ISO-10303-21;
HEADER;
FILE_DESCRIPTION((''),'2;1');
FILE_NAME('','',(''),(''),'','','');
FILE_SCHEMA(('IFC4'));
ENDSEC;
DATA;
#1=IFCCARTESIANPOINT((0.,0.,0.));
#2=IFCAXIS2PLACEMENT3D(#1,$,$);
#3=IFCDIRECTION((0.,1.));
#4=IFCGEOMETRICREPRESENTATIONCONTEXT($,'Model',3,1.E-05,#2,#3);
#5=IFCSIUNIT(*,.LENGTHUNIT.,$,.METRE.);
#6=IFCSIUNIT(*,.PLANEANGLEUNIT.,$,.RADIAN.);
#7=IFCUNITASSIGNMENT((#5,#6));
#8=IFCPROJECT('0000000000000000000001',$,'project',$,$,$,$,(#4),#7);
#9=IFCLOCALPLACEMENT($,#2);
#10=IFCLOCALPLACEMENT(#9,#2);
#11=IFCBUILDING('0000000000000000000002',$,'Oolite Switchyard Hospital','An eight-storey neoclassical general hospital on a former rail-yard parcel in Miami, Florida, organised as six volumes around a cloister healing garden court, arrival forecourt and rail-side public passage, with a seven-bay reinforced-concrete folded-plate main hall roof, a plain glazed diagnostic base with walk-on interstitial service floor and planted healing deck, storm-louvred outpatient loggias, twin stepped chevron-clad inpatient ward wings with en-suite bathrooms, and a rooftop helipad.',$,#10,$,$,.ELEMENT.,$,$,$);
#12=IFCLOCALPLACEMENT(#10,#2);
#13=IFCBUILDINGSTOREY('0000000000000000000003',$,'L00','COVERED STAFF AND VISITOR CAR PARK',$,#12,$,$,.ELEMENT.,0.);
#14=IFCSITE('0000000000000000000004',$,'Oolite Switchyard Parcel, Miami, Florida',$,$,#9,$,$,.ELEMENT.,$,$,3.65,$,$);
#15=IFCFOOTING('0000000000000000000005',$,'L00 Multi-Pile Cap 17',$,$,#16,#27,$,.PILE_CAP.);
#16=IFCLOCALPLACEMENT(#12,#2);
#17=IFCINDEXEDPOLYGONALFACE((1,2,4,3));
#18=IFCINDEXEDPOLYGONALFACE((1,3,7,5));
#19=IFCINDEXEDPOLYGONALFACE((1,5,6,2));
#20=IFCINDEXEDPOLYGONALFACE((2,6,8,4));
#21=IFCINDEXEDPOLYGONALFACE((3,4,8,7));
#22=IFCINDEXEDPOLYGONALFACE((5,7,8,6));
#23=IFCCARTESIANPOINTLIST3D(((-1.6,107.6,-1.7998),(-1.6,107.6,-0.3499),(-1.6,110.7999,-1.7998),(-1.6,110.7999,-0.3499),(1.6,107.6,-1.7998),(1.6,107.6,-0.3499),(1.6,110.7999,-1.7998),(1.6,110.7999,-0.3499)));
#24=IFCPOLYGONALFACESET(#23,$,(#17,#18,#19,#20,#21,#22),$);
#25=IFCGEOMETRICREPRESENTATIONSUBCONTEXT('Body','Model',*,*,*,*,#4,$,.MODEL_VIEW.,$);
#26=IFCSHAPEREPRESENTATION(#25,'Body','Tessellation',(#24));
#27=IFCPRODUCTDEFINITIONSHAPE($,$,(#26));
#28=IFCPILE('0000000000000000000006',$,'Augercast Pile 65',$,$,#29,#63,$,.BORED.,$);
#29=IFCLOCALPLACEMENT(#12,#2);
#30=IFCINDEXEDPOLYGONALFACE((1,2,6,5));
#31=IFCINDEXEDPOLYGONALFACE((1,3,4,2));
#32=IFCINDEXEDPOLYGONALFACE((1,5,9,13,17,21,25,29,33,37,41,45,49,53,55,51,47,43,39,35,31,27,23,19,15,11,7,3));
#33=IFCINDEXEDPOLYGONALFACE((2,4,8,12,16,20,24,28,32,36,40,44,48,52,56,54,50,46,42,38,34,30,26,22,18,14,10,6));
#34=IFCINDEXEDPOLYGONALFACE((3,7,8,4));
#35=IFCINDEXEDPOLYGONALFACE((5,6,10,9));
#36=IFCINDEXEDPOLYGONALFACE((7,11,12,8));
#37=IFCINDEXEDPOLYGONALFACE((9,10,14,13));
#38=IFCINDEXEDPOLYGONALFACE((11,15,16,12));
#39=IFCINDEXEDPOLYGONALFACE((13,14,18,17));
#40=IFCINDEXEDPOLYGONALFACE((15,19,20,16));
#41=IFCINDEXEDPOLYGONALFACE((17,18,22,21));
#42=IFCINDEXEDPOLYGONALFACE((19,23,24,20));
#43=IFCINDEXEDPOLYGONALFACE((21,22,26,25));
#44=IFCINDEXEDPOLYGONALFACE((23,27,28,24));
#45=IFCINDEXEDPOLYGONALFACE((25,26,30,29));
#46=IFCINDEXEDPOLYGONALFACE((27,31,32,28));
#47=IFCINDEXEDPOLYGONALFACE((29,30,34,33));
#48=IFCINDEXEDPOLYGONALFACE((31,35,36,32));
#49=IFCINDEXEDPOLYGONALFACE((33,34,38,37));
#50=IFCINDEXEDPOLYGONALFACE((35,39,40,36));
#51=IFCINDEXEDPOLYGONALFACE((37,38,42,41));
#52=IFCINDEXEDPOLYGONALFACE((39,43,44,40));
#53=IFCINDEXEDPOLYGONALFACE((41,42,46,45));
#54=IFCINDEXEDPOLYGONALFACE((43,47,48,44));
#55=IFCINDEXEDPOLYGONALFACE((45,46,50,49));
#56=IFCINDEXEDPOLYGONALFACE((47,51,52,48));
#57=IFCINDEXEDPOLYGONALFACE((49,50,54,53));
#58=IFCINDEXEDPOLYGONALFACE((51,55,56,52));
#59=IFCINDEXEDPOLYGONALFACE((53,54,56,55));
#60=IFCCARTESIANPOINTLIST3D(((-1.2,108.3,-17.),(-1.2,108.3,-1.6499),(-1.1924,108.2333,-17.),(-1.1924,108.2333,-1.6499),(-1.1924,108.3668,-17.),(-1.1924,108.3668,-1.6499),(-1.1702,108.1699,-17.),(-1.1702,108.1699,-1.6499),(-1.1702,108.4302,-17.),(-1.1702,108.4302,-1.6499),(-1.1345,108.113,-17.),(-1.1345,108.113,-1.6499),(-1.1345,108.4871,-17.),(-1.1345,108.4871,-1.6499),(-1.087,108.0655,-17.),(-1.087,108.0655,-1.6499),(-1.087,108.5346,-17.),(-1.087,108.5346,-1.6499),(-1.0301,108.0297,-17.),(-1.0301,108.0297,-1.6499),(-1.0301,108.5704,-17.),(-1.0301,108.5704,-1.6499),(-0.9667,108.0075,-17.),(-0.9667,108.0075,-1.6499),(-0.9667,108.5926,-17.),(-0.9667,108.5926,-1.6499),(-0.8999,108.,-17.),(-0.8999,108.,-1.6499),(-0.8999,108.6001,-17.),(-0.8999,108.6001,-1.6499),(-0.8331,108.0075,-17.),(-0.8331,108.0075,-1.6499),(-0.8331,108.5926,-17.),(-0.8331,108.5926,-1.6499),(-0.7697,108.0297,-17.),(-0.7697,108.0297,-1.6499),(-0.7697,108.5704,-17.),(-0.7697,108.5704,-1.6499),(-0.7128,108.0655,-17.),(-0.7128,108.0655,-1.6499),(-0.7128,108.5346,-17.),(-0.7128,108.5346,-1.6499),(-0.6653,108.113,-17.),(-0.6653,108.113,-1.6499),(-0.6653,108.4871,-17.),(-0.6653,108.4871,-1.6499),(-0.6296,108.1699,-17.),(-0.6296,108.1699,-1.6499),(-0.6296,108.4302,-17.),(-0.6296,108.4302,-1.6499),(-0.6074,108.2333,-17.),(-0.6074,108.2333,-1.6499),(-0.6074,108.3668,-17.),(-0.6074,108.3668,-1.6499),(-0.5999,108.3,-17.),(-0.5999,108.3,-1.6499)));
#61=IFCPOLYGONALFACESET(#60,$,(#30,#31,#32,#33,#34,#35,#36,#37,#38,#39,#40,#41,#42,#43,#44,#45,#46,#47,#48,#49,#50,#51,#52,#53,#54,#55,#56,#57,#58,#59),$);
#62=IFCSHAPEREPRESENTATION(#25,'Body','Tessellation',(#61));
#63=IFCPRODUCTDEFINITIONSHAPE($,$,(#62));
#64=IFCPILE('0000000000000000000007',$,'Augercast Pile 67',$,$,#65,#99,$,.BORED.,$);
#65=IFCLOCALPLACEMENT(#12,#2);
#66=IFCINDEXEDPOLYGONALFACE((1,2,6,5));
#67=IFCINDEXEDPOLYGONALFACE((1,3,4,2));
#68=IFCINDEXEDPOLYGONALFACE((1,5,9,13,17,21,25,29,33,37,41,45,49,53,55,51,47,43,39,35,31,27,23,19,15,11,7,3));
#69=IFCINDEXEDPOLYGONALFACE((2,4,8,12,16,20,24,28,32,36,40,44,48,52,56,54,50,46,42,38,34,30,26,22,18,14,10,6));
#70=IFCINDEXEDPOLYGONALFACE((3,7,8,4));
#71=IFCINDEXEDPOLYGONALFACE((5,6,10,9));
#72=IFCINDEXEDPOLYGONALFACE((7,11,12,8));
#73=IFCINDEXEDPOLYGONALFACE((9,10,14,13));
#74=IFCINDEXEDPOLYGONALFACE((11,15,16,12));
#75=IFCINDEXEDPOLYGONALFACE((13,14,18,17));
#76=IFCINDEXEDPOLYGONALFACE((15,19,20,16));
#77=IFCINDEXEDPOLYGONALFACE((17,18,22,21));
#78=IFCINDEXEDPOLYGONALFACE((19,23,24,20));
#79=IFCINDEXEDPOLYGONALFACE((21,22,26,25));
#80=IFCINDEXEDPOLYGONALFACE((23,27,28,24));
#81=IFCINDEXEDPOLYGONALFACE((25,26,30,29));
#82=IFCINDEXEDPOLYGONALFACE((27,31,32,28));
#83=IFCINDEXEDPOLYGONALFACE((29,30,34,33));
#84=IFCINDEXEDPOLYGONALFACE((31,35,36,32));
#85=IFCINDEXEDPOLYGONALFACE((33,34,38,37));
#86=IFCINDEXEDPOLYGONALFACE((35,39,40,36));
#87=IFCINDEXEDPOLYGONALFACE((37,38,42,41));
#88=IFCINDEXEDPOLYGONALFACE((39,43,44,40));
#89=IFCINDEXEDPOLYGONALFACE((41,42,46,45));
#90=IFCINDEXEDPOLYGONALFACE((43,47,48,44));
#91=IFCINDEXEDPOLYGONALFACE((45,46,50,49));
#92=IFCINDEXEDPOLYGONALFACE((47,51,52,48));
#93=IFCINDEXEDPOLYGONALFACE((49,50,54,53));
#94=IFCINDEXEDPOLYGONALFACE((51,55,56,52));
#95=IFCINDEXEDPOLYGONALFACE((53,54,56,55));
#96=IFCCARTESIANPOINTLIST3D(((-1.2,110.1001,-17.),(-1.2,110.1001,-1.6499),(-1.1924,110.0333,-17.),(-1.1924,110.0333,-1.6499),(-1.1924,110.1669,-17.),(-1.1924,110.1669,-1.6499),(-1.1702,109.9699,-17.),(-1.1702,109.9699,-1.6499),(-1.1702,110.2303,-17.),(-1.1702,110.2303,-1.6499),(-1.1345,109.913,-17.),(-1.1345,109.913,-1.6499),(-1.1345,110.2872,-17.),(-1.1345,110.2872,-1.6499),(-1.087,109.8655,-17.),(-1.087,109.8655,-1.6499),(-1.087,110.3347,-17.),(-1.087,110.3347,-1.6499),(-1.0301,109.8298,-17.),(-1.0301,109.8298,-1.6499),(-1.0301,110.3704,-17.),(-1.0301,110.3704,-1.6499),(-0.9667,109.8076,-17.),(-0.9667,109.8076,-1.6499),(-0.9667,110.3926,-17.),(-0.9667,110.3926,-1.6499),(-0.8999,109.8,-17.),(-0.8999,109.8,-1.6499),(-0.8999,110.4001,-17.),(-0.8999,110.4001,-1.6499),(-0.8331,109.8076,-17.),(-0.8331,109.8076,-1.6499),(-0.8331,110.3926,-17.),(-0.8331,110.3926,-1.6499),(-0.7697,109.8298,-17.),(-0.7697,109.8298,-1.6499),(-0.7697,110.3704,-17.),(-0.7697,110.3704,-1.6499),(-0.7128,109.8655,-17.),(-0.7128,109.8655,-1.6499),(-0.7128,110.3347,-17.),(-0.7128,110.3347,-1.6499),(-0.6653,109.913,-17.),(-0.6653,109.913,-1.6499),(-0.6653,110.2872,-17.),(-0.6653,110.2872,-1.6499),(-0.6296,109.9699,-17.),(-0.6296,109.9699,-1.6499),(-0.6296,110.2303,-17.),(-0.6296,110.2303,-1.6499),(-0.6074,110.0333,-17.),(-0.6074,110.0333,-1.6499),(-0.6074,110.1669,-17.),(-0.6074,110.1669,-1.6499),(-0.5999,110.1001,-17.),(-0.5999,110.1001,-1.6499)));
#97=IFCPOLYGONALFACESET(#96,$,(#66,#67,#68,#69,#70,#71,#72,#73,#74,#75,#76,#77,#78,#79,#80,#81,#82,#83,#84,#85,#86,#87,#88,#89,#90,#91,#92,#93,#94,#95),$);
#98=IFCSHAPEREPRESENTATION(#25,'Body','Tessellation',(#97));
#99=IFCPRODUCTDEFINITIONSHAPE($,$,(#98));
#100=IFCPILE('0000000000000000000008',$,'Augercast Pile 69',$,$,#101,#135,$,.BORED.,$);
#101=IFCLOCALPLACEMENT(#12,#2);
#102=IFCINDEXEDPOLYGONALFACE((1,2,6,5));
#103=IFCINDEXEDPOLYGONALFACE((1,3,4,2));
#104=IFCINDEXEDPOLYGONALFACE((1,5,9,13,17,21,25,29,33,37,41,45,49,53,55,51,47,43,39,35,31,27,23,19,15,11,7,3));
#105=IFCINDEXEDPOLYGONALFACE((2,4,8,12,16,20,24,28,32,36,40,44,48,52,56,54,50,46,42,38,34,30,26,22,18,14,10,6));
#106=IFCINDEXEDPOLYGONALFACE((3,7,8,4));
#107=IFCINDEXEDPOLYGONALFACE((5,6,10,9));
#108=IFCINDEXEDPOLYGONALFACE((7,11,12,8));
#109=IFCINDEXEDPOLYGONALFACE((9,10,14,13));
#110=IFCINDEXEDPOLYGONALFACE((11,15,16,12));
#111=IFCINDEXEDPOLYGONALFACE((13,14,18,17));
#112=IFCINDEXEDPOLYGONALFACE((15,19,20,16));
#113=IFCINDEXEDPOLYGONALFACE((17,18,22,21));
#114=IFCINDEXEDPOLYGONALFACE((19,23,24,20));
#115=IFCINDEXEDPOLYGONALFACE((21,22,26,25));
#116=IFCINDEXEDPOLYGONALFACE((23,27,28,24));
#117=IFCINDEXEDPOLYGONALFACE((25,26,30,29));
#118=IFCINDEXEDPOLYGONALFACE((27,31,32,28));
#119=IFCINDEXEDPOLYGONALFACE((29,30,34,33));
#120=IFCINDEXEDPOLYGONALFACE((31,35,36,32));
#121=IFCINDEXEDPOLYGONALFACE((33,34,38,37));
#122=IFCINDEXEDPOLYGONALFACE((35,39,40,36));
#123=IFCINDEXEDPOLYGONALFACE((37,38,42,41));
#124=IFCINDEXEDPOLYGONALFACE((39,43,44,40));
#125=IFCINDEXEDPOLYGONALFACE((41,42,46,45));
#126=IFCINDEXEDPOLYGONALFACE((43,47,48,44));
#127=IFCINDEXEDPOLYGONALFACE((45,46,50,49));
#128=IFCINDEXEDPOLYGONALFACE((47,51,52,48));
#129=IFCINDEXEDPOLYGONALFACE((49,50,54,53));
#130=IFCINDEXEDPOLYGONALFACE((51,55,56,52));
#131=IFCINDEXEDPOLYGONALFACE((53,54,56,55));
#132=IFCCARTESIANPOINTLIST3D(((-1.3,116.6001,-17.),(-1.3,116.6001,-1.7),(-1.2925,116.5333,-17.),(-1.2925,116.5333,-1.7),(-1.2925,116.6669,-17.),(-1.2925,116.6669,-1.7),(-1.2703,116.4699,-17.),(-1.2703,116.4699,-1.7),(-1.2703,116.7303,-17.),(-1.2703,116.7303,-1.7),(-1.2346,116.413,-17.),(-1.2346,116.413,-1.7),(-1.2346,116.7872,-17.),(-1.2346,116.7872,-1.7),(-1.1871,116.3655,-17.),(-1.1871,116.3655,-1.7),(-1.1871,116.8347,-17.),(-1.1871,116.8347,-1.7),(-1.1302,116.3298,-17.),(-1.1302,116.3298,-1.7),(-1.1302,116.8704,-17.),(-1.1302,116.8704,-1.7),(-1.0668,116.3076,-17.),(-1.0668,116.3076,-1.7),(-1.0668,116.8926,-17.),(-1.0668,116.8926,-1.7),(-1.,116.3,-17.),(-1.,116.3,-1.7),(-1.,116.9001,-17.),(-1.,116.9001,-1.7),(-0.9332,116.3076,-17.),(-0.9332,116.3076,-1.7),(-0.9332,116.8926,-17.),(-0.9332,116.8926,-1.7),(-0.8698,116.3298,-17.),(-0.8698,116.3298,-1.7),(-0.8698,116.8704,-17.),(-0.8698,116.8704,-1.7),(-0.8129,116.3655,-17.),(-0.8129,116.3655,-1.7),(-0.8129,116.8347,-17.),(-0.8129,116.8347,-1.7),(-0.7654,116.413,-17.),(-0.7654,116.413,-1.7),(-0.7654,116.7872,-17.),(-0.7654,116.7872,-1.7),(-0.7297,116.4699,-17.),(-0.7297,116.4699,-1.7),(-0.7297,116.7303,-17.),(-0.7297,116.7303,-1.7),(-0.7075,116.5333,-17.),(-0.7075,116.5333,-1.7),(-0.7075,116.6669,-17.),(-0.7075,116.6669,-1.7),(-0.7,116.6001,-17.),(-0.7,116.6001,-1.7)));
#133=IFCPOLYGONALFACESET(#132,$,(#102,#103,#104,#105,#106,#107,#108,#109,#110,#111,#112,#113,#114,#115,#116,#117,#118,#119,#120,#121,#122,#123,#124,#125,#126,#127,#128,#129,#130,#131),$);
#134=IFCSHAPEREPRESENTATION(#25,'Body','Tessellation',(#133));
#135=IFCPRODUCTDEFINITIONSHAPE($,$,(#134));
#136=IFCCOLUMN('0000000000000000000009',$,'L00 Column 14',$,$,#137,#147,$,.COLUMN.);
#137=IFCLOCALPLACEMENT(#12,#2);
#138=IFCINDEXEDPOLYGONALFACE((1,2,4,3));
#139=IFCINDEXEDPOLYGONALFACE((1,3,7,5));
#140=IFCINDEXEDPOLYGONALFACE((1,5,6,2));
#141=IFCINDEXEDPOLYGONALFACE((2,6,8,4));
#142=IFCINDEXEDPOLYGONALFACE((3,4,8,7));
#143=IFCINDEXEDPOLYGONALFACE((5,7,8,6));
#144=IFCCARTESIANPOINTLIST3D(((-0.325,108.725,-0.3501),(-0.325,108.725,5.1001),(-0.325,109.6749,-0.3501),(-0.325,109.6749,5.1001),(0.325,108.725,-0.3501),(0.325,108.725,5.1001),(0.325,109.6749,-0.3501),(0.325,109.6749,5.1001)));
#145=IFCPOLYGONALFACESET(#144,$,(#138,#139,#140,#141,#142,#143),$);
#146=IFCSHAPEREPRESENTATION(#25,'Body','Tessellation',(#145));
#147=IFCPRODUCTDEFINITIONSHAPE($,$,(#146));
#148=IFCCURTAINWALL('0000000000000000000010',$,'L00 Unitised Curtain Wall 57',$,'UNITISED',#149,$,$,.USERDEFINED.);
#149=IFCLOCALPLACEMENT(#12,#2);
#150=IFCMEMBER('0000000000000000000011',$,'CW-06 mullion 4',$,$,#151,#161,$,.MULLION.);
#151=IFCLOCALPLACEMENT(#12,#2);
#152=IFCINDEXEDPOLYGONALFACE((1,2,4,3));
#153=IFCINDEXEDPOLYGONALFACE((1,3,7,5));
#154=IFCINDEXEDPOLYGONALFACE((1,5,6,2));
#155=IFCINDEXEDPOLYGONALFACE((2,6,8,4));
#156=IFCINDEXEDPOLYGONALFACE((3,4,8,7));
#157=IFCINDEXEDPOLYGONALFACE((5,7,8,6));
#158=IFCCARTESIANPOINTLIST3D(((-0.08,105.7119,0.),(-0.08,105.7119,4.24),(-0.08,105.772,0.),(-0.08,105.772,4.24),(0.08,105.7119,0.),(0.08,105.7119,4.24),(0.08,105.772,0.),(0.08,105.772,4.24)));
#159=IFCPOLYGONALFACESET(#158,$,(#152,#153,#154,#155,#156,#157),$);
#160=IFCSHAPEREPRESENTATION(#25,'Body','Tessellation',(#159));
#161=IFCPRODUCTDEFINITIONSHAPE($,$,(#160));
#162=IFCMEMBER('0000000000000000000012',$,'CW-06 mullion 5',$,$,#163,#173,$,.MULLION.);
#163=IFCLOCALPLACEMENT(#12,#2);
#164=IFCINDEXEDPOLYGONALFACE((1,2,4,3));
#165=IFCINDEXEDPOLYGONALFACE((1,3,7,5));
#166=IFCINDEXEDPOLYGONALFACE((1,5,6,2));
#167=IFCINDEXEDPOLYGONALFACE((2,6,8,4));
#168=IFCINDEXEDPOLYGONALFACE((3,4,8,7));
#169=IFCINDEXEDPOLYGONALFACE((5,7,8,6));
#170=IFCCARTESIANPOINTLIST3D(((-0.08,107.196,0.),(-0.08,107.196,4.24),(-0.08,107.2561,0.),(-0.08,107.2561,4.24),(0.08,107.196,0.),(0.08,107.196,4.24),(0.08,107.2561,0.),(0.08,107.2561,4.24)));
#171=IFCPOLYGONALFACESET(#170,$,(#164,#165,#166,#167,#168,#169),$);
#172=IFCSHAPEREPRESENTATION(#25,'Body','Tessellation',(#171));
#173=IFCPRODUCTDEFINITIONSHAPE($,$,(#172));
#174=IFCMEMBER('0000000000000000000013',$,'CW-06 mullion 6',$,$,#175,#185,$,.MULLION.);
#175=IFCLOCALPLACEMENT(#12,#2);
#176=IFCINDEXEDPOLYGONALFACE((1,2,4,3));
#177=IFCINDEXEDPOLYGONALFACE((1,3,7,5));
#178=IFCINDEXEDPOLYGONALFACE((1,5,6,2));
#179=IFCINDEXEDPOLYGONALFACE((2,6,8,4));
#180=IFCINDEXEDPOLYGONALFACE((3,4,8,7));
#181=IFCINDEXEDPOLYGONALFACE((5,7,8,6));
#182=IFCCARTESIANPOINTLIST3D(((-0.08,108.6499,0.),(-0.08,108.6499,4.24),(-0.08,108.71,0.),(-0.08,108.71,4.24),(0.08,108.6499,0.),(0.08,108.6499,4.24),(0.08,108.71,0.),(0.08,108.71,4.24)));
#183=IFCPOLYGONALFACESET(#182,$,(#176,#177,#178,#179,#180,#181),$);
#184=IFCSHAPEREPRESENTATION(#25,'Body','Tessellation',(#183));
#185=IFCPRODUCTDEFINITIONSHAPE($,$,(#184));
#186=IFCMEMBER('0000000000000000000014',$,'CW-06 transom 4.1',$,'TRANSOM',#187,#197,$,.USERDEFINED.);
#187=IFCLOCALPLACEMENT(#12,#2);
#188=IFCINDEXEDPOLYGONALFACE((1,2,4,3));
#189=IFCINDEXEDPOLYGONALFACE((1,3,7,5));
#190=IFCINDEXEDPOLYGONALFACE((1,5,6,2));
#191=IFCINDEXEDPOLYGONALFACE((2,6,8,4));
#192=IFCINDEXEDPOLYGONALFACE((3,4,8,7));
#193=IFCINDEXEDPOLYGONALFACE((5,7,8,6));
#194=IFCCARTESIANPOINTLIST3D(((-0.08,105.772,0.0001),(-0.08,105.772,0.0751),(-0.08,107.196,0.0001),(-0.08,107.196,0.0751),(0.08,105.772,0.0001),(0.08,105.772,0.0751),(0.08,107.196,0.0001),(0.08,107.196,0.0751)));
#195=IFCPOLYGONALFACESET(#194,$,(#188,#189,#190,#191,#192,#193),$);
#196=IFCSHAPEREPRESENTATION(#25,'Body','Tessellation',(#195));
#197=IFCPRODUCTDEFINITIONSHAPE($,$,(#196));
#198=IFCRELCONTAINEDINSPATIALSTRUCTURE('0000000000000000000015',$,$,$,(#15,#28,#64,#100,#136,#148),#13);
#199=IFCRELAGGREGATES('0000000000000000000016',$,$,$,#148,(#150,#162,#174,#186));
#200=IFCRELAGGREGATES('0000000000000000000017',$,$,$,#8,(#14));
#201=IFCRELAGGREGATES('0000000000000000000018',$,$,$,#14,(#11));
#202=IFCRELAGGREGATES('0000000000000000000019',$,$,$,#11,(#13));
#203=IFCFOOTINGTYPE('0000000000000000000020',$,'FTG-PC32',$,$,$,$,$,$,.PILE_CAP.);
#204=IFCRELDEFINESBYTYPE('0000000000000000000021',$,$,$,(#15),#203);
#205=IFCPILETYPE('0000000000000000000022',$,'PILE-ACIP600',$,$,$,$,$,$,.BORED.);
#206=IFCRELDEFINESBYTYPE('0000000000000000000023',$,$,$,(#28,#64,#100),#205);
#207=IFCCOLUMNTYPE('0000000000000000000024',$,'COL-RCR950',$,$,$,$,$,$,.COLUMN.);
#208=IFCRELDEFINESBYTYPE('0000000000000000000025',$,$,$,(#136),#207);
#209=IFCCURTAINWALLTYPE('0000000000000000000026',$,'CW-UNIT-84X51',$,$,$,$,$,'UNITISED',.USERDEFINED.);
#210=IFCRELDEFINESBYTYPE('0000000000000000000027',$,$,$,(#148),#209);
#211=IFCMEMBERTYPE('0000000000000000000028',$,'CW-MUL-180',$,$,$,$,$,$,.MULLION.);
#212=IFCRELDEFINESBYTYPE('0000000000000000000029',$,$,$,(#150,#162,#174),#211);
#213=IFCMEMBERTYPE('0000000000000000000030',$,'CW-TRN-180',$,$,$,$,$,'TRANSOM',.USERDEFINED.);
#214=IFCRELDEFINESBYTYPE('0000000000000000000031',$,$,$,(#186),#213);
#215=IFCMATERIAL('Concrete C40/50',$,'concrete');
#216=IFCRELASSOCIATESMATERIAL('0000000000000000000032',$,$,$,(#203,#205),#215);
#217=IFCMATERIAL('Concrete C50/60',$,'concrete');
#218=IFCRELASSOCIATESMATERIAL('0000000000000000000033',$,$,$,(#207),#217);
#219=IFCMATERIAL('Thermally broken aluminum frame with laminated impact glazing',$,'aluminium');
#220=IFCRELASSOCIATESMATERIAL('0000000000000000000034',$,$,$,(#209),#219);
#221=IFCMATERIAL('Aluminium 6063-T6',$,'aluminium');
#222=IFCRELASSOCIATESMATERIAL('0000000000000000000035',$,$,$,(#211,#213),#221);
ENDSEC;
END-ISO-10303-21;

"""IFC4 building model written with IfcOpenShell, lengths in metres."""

from ifc_helpers import new_model, si_unit, direction, frame, origin, origin_2d, place, context, subcontext, project, spatial, rectangle, circle, extrude, material, material_profile, profile_set, type_object, element, aggregate, save


model = new_model("IFC4")

# Units and contexts
model_context = context("Model", 3, precision=1e-05, world=origin(), true_north=direction((0.0, 1.0)))
body_context = subcontext(model_context, "Body", "Model", "MODEL_VIEW")
ifc_project = project(units=[si_unit("LENGTHUNIT", "METRE"), si_unit("PLANEANGLEUNIT", "RADIAN")], contexts=[model_context])

# Site, building, storey
site_placement = place(None, origin())
site = spatial("IfcSite", under=ifc_project, at=site_placement, Name="Oolite Switchyard Parcel, Miami, Florida", CompositionType="ELEMENT", RefElevation=3.65)
building_placement = place(site_placement, origin())
building = spatial("IfcBuilding", under=site, at=building_placement, Name="Oolite Switchyard Hospital", Description="An eight-storey neoclassical general hospital on a former rail-yard parcel in Miami, Florida, organised as six volumes around a cloister healing garden court, arrival forecourt and rail-side public passage, with a seven-bay reinforced-concrete folded-plate main hall roof, a plain glazed diagnostic base with walk-on interstitial service floor and planted healing deck, storm-louvred outpatient loggias, twin stepped chevron-clad inpatient ward wings with en-suite bathrooms, and a rooftop helipad.", CompositionType="ELEMENT")
storey_placement = place(building_placement, origin())
storey = spatial("IfcBuildingStorey", under=building, at=storey_placement, Name="L00", Description="COVERED STAFF AND VISITOR CAR PARK", CompositionType="ELEMENT", Elevation=0.0)

# Footing
ifc_material_1 = material(Name="Concrete C40/50", Category="concrete")
footing_type = type_object("IfcFootingType", Name="FTG-PC32", PredefinedType="PILE_CAP", material=ifc_material_1)
footing_placement = place(storey_placement, frame((0.0, 109.2, -1.7998), z_axis=(0.0, 0.0, 1.0), x_axis=(1.0, 0.0, 0.0)))
element("IfcFooting", 1, at=footing_placement, inside=storey, type_object=footing_type, Name="L00 Multi-Pile Cap 17", PredefinedType="PILE_CAP", context=body_context, shape_type="SweptSolid", body=[
    extrude(rectangle(XDim=3.2, YDim=3.2, at=origin_2d()), origin(), (0.0, 0.0, 1.0), 1.45),
])

# Piles
ifc_material_profile_1 = material_profile(ifc_material_1, circle(Radius=0.3, at=origin_2d()), Name="PILE600")
ifc_profile_set_1 = profile_set([ifc_material_profile_1], Name="Concrete C40/50")
pile_type = type_object("IfcPileType", Name="PILE-ACIP600", PredefinedType="BORED", material=ifc_profile_set_1)
for number, where, z_axis, x_axis, name in (
    (2, (-0.8999, 108.3, -1.6499), (0.0, 0.0, -1.0), (1.0, 0.0, 0.0), "Augercast Pile 65"),
    (3, (-0.8999, 110.1001, -1.6499), (0.0, 0.0, -1.0), (1.0, 0.0, 0.0), "Augercast Pile 67"),
):
    element("IfcPile", number, at=place(storey_placement, frame(where, z_axis=z_axis, x_axis=x_axis)), inside=storey, type_object=pile_type, Name=name, PredefinedType="BORED", context=body_context, shape_type="SweptSolid", body=[
        extrude(circle(Radius=0.3, at=origin_2d()), origin(), (0.0, 0.0, 1.0), 15.3501),
    ])
pile_placement = place(storey_placement, frame((-1.0, 116.6001, -1.7), z_axis=(0.0, 0.0, -1.0), x_axis=(1.0, 0.0, 0.0)))
element("IfcPile", 4, at=pile_placement, inside=storey, type_object=pile_type, Name="Augercast Pile 69", PredefinedType="BORED", context=body_context, shape_type="SweptSolid", body=[
    extrude(circle(Radius=0.3, at=origin_2d()), origin(), (0.0, 0.0, 1.0), 15.3),
])

# Column
ifc_material_2 = material(Name="Concrete C50/60", Category="concrete")
ifc_material_profile_2 = material_profile(ifc_material_2, rectangle(XDim=0.95, YDim=0.6499, at=origin_2d()), Name="RC950X650")
ifc_profile_set_2 = profile_set([ifc_material_profile_2], Name="Concrete C50/60")
column_type = type_object("IfcColumnType", Name="COL-RCR950", PredefinedType="COLUMN", material=ifc_profile_set_2)
column_placement = place(storey_placement, frame((0.0, 109.2, -0.3501), z_axis=(0.0, 0.0, 1.0), x_axis=(0.0, 1.0, 0.0)))
element("IfcColumn", 5, at=column_placement, inside=storey, type_object=column_type, Name="L00 Column 14", PredefinedType="COLUMN", context=body_context, shape_type="SweptSolid", body=[
    extrude(rectangle(XDim=0.95, YDim=0.6499, at=origin_2d()), origin(), (0.0, 0.0, 1.0), 5.4502),
])

# Curtain wall, members
ifc_material_3 = material(Name="Thermally broken aluminum frame with laminated impact glazing", Category="aluminium")
curtain_wall_type = type_object("IfcCurtainWallType", Name="CW-UNIT-84X51", ElementType="UNITISED", PredefinedType="USERDEFINED", material=ifc_material_3)
curtain_wall_placement = place(storey_placement, origin())
curtain_wall = element("IfcCurtainWall", 6, at=curtain_wall_placement, inside=storey, type_object=curtain_wall_type, Name="L00 Unitised Curtain Wall 57", ObjectType="UNITISED", PredefinedType="USERDEFINED")
ifc_material_4 = material(Name="Aluminium 6063-T6", Category="aluminium")
ifc_material_profile_3 = material_profile(ifc_material_4, rectangle(XDim=0.1599, YDim=0.0601, at=origin_2d()), Name="CWM60X160")
ifc_profile_set_3 = profile_set([ifc_material_profile_3], Name="Aluminium 6063-T6")
member_type_1 = type_object("IfcMemberType", Name="CW-MUL-180", PredefinedType="MULLION", material=ifc_profile_set_3)
member_1_placement = place(storey_placement, frame((0.0, 105.7419, 0.0), z_axis=(0.0, 0.0, 1.0), x_axis=(-1.0, 0.0, 0.0)))
member_1 = element("IfcMember", 7, at=member_1_placement, type_object=member_type_1, Name="CW-06 mullion 4", PredefinedType="MULLION", context=body_context, shape_type="SweptSolid", body=[
    extrude(rectangle(XDim=0.1599, YDim=0.0601, at=origin_2d()), origin(), (0.0, 0.0, 1.0), 4.24),
])
member_2_placement = place(storey_placement, frame((0.0, 107.2261, 0.0), z_axis=(0.0, 0.0, 1.0), x_axis=(-1.0, 0.0, 0.0)))
member_2 = element("IfcMember", 8, at=member_2_placement, type_object=member_type_1, Name="CW-06 mullion 5", PredefinedType="MULLION", context=body_context, shape_type="SweptSolid", body=[
    extrude(rectangle(XDim=0.1599, YDim=0.0601, at=origin_2d()), origin(), (0.0, 0.0, 1.0), 4.24),
])
member_3_placement = place(storey_placement, frame((0.0, 108.6799, 0.0), z_axis=(0.0, 0.0, 1.0), x_axis=(-1.0, 0.0, 0.0)))
member_3 = element("IfcMember", 9, at=member_3_placement, type_object=member_type_1, Name="CW-06 mullion 6", PredefinedType="MULLION", context=body_context, shape_type="SweptSolid", body=[
    extrude(rectangle(XDim=0.1599, YDim=0.0601, at=origin_2d()), origin(), (0.0, 0.0, 1.0), 4.24),
])
ifc_material_profile_4 = material_profile(ifc_material_4, rectangle(XDim=0.1599, YDim=0.075, at=origin_2d()), Name="CWT75X160")
ifc_profile_set_4 = profile_set([ifc_material_profile_4], Name="Aluminium 6063-T6")
member_type_2 = type_object("IfcMemberType", Name="CW-TRN-180", ElementType="TRANSOM", PredefinedType="USERDEFINED", material=ifc_profile_set_4)
member_4_placement = place(storey_placement, frame((0.0, 105.772, 0.0376), z_axis=(0.0, 1.0, 0.0), x_axis=(-1.0, 0.0, 0.0)))
member_4 = element("IfcMember", 10, at=member_4_placement, type_object=member_type_2, Name="CW-06 transom 4.1", ObjectType="TRANSOM", PredefinedType="USERDEFINED", context=body_context, shape_type="SweptSolid", body=[
    extrude(rectangle(XDim=0.1599, YDim=0.075, at=origin_2d()), origin(), (0.0, 0.0, 1.0), 1.4241),
])
aggregate(curtain_wall, [member_1, member_2, member_3, member_4])

save(model, "model.ifc")
